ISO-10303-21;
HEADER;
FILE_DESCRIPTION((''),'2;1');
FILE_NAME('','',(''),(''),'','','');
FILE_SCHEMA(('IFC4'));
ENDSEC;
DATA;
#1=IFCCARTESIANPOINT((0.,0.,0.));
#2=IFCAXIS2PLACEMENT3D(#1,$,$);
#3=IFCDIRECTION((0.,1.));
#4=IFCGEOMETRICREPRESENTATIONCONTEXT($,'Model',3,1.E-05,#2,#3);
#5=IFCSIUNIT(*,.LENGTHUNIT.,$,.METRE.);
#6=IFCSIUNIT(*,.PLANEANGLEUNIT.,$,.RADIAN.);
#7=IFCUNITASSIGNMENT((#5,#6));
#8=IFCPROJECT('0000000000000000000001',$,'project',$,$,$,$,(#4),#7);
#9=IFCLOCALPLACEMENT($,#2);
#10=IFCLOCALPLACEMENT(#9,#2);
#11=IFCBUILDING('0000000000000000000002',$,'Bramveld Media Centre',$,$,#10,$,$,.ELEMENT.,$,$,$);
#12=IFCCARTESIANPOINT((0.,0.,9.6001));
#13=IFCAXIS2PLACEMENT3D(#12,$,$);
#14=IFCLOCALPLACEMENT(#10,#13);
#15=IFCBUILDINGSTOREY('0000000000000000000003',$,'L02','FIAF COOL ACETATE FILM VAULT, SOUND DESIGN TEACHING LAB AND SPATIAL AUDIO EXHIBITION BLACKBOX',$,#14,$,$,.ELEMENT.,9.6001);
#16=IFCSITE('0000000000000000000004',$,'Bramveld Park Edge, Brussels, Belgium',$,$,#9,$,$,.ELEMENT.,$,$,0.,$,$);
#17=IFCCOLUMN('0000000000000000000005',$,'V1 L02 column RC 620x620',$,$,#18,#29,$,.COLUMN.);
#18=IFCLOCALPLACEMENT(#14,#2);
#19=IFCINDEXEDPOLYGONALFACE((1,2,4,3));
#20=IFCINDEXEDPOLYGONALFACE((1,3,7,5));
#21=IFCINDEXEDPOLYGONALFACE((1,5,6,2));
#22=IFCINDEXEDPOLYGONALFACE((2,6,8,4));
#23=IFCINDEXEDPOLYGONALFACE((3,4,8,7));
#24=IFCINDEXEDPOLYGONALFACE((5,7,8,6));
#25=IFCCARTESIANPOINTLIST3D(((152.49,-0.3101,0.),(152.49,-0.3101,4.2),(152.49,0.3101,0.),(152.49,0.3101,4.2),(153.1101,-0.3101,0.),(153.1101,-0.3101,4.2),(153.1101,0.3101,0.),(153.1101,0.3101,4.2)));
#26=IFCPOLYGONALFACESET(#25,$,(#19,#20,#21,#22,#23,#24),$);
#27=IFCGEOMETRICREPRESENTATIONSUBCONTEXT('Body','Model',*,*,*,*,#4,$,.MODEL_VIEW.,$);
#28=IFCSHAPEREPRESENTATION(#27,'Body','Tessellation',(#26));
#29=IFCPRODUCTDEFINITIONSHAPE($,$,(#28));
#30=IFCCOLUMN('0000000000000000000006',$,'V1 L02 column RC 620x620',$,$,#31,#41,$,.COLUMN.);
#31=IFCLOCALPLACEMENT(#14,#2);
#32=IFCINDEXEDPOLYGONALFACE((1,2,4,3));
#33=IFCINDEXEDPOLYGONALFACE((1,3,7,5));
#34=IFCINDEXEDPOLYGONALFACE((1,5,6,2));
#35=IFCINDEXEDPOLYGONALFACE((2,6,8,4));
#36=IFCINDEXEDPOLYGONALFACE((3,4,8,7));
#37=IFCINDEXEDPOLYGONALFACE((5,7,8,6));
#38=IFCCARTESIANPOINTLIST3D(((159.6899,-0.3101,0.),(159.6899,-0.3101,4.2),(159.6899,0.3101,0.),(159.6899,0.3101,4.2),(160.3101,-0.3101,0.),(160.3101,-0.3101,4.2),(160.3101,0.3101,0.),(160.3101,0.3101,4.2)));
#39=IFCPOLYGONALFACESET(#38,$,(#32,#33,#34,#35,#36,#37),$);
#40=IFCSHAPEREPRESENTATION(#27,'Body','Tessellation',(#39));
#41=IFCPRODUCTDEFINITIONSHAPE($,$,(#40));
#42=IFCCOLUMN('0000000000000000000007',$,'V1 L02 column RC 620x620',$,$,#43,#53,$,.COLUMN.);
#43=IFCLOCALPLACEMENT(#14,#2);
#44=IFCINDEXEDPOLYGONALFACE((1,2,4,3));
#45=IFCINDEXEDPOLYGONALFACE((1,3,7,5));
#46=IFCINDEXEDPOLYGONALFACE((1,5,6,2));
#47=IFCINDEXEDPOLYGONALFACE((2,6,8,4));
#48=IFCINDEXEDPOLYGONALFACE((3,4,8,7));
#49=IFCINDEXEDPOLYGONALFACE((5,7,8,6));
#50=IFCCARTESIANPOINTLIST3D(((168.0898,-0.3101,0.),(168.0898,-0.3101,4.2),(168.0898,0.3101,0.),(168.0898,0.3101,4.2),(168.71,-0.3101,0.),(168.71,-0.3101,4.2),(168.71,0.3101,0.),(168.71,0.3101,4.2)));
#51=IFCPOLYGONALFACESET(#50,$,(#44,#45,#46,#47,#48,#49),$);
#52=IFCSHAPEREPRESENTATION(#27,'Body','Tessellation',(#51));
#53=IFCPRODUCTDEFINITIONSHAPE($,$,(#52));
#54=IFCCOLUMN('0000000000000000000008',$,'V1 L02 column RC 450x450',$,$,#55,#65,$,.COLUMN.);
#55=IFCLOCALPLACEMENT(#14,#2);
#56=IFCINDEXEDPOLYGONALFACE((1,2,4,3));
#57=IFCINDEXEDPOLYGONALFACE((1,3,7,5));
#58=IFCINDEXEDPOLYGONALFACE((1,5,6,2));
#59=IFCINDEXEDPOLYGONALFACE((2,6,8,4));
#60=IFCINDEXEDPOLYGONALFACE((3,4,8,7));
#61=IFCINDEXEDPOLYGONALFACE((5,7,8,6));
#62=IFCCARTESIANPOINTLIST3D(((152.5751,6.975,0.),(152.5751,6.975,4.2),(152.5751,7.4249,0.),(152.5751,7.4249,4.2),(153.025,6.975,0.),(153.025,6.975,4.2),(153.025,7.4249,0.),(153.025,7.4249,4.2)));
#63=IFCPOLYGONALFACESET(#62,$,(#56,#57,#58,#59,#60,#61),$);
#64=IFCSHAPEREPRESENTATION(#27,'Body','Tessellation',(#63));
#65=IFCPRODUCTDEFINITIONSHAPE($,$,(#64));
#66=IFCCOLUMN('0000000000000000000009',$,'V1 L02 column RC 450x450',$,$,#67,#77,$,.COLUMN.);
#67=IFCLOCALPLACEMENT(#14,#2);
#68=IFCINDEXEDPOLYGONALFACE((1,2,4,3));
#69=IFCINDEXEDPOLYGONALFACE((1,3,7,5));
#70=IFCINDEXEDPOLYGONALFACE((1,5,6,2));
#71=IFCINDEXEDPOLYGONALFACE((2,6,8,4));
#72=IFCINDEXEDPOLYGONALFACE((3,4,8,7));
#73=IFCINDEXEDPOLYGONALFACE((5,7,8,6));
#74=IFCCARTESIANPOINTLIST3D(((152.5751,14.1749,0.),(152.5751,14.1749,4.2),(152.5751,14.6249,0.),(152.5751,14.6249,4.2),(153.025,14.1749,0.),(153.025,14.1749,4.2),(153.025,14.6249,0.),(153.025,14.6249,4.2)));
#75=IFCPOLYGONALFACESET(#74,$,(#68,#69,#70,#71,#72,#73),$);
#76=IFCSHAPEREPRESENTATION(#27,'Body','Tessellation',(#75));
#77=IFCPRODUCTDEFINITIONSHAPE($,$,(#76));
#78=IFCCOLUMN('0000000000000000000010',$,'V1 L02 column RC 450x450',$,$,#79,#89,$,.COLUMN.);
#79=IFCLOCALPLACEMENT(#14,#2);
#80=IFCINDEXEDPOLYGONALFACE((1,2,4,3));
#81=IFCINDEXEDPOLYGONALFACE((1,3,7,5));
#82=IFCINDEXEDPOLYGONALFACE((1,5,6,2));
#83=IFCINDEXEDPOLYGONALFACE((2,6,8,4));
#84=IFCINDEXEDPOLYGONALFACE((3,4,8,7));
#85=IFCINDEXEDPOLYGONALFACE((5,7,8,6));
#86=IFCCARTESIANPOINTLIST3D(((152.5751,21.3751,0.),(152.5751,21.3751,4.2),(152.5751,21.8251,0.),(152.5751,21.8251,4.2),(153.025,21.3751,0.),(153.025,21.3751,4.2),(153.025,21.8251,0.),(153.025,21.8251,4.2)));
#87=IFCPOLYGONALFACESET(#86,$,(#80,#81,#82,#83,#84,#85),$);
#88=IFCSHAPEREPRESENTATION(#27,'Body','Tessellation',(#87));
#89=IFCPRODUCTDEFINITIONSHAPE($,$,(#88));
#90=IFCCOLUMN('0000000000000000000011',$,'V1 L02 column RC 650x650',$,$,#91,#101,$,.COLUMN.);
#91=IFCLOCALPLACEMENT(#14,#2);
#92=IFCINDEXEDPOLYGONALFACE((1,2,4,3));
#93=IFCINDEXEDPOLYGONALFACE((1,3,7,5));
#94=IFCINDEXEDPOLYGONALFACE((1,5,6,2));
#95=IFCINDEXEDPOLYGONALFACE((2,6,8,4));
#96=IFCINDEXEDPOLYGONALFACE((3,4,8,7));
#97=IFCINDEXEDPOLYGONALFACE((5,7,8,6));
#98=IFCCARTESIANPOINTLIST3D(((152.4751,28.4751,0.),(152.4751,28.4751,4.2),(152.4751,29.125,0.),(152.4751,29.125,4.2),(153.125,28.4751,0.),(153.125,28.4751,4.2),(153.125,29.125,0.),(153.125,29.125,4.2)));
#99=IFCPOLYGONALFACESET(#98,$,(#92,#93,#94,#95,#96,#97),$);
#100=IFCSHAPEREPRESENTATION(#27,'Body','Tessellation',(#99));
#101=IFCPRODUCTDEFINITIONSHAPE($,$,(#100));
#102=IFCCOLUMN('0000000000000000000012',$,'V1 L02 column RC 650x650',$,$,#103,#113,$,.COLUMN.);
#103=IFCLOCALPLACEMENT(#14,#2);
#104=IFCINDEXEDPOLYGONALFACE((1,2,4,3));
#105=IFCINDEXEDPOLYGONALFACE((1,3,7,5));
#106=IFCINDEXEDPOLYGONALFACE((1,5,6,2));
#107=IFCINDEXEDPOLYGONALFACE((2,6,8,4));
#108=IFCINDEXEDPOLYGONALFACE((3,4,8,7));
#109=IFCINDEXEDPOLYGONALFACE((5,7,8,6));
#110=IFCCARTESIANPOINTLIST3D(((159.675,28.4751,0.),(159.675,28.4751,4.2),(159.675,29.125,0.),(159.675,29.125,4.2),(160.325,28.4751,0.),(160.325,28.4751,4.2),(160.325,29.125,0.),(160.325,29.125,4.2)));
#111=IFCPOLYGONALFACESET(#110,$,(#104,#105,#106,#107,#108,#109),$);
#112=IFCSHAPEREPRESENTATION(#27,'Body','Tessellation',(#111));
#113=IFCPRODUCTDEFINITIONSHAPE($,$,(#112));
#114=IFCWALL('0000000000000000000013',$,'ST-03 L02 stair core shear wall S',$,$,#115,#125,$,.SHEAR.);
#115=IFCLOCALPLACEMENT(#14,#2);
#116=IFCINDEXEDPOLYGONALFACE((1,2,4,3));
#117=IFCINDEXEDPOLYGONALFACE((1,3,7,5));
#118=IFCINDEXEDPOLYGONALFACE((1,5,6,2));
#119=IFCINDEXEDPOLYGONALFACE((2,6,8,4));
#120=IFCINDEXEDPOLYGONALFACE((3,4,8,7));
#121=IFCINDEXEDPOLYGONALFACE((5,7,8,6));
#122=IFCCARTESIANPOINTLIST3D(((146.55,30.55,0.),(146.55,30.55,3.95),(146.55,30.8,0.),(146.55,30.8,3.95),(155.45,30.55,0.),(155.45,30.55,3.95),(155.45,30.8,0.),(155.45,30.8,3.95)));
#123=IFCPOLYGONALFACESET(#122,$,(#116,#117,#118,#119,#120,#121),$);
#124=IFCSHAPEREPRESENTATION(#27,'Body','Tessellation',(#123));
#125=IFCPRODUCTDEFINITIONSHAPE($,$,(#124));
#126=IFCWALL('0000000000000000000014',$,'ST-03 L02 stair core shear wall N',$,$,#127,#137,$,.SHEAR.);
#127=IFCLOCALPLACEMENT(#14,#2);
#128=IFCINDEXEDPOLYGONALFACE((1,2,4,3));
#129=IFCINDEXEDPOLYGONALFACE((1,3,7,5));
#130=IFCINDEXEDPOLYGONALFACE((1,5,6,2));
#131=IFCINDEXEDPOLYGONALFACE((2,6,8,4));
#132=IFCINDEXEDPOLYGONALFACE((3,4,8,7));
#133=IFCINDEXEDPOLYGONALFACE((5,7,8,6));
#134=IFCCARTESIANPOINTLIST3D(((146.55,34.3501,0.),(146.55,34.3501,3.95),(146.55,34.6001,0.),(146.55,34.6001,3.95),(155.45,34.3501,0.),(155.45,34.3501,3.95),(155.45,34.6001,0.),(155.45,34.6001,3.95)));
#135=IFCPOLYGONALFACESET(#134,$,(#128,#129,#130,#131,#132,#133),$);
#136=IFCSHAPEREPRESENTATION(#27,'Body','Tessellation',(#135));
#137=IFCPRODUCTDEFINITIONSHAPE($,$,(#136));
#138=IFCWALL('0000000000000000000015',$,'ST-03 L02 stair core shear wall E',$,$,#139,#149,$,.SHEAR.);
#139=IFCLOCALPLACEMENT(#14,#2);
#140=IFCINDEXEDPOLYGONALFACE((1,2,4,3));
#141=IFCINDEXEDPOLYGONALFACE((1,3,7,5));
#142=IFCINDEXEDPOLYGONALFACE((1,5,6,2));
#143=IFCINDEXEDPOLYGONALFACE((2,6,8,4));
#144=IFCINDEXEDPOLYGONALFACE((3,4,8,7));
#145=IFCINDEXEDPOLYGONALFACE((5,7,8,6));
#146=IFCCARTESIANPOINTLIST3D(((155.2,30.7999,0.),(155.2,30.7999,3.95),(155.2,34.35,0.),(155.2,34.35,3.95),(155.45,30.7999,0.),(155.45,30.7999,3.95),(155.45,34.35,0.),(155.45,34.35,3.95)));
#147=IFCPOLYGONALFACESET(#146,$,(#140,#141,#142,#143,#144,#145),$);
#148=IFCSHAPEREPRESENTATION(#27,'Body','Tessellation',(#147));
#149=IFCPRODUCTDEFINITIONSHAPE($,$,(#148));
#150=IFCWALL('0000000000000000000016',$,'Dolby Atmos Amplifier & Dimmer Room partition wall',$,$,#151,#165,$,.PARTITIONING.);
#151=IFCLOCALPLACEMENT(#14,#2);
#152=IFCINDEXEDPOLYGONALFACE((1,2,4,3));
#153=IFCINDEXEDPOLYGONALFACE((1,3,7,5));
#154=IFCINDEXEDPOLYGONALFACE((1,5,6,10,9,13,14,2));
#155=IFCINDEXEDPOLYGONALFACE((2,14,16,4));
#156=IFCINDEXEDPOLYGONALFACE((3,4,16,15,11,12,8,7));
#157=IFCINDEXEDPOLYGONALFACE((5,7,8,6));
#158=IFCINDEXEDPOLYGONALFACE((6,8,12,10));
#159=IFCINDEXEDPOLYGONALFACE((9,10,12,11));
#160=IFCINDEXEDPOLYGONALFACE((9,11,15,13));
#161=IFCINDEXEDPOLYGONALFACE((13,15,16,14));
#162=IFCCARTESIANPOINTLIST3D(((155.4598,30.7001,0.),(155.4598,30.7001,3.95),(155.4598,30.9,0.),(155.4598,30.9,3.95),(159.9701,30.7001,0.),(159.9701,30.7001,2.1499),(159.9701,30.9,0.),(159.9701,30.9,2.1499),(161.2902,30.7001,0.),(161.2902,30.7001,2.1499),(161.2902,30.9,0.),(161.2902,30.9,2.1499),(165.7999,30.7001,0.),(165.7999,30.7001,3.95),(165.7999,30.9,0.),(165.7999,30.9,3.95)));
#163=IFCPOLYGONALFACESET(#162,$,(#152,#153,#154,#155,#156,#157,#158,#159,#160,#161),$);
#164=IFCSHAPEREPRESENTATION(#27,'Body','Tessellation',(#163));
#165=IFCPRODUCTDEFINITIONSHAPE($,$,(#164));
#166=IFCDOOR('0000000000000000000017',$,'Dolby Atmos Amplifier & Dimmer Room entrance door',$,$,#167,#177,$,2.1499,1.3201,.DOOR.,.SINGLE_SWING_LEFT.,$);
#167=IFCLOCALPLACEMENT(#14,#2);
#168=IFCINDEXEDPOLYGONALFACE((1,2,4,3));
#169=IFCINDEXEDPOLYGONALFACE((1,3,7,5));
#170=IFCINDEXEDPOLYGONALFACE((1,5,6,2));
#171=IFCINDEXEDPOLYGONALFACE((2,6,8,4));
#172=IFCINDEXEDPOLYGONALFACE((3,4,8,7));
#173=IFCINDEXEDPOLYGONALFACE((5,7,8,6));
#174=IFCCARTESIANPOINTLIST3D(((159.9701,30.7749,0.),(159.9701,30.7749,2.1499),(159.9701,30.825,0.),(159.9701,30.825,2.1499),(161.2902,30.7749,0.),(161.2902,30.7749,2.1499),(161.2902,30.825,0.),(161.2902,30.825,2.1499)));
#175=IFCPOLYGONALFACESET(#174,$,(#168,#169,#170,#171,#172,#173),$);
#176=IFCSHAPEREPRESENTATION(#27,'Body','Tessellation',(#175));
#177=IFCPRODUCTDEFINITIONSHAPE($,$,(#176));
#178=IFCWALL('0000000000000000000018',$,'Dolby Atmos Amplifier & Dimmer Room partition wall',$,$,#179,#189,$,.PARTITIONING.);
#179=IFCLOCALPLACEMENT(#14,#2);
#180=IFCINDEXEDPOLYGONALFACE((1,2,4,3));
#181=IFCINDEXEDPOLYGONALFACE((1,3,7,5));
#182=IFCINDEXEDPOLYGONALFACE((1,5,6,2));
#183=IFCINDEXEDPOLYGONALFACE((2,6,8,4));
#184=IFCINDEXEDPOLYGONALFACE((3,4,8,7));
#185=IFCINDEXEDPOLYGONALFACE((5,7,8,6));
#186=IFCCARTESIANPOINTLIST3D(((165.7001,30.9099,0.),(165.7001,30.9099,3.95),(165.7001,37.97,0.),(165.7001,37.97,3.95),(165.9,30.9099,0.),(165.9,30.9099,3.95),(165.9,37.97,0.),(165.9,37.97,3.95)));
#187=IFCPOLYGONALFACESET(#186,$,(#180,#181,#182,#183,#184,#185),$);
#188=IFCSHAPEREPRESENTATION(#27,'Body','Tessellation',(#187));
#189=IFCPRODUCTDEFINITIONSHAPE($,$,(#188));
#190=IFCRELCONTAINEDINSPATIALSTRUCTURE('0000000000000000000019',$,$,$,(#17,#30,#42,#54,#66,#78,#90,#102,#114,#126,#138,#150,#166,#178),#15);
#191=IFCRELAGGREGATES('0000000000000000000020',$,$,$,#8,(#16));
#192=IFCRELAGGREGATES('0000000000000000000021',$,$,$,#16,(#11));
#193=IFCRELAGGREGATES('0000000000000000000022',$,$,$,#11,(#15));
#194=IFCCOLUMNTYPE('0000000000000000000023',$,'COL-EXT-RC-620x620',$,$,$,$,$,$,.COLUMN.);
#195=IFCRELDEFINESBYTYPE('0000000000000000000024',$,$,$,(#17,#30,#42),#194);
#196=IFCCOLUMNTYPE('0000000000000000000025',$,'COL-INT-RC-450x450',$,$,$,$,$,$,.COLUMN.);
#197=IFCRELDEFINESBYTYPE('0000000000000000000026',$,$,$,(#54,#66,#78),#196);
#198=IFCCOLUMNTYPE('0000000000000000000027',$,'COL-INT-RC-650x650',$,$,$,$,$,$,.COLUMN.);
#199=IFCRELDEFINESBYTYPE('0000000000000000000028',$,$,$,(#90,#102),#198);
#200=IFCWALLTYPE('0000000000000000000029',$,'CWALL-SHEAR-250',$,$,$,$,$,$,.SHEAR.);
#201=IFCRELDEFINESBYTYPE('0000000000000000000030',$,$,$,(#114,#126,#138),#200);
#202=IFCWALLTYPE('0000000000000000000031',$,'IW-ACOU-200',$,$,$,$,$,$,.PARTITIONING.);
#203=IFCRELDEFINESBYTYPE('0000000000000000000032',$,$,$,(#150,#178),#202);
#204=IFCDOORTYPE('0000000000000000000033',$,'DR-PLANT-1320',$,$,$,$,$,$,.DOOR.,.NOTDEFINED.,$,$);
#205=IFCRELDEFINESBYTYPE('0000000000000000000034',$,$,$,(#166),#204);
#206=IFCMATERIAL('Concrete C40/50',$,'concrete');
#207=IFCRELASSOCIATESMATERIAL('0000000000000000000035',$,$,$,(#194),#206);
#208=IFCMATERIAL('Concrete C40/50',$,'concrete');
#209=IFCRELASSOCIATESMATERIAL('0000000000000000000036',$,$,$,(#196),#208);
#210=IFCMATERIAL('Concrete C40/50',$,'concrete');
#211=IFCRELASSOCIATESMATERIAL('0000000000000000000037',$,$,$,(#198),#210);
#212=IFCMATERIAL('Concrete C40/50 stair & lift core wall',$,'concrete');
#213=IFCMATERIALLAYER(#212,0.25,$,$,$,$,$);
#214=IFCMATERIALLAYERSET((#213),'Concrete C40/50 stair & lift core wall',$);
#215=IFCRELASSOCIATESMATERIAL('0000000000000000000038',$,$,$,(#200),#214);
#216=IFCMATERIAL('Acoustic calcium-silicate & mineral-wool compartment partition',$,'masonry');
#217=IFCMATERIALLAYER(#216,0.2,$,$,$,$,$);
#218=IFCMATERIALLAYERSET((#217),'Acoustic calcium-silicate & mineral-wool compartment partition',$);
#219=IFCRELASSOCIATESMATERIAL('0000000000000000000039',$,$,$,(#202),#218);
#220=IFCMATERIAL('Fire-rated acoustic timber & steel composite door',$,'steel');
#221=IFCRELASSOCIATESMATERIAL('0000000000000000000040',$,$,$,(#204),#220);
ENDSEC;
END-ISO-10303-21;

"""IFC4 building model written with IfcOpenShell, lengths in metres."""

from ifc_helpers import new_model, si_unit, direction, frame, frame_2d, origin, origin_2d, place, context, subcontext, project, spatial, rectangle, extrude, material, layer, layer_set, material_profile, profile_set, type_object, element, fill, save


model = new_model("IFC4")

# Units and contexts
model_context = context("Model", 3, precision=1e-05, world=origin(), true_north=direction((0.0, 1.0)))
body_context = subcontext(model_context, "Body", "Model", "MODEL_VIEW")
ifc_project = project(units=[si_unit("LENGTHUNIT", "METRE"), si_unit("PLANEANGLEUNIT", "RADIAN")], contexts=[model_context])

# Site, building, storey
site_placement = place(None, origin())
site = spatial("IfcSite", under=ifc_project, at=site_placement, Name="Bramveld Park Edge, Brussels, Belgium", CompositionType="ELEMENT", RefElevation=0.0)
building_placement = place(site_placement, origin())
building = spatial("IfcBuilding", under=site, at=building_placement, Name="Bramveld Media Centre", CompositionType="ELEMENT")
storey_placement = place(building_placement, frame((0.0, 0.0, 9.6001)))
storey = spatial("IfcBuildingStorey", under=building, at=storey_placement, Name="L02", Description="FIAF COOL ACETATE FILM VAULT, SOUND DESIGN TEACHING LAB AND SPATIAL AUDIO EXHIBITION BLACKBOX", CompositionType="ELEMENT", Elevation=9.6001)

# Columns
ifc_material_1 = material(Name="Concrete C40/50", Category="concrete")
ifc_material_profile_1 = material_profile(ifc_material_1, rectangle(XDim=0.6201, YDim=0.6201, at=origin_2d()), Name="RC 620x620")
ifc_profile_set_1 = profile_set([ifc_material_profile_1], Name="Concrete C40/50")
column_type_1 = type_object("IfcColumnType", Name="COL-EXT-RC-620x620", PredefinedType="COLUMN", material=ifc_profile_set_1)
for number, where, z_axis, x_axis, name in (
    (1, (152.8, 0.0, 0.0), (0.0, 0.0, 1.0), (1.0, 0.0, 0.0), "V1 L02 column RC 620x620"),
    (2, (160.0, 0.0, 0.0), (0.0, 0.0, 1.0), (1.0, 0.0, 0.0), "V1 L02 column RC 620x620"),
    (3, (168.3999, 0.0, 0.0), (0.0, 0.0, 1.0), (1.0, 0.0, 0.0), "V1 L02 column RC 620x620"),
):
    element("IfcColumn", number, at=place(storey_placement, frame(where, z_axis=z_axis, x_axis=x_axis)), inside=storey, type_object=column_type_1, Name=name, PredefinedType="COLUMN", context=body_context, shape_type="SweptSolid", body=[
        extrude(rectangle(XDim=0.6201, YDim=0.6201, at=origin_2d()), origin(), (0.0, 0.0, 1.0), 4.2),
    ])
ifc_material_2 = material(Name="Concrete C40/50", Category="concrete")
ifc_material_profile_2 = material_profile(ifc_material_2, rectangle(XDim=0.45, YDim=0.45, at=origin_2d()), Name="RC 450x450")
ifc_profile_set_2 = profile_set([ifc_material_profile_2], Name="Concrete C40/50")
column_type_2 = type_object("IfcColumnType", Name="COL-INT-RC-450x450", PredefinedType="COLUMN", material=ifc_profile_set_2)
for number, where, z_axis, x_axis, name in (
    (4, (152.8, 7.2, 0.0), (0.0, 0.0, 1.0), (1.0, 0.0, 0.0), "V1 L02 column RC 450x450"),
    (5, (152.8, 14.3999, 0.0), (0.0, 0.0, 1.0), (1.0, 0.0, 0.0), "V1 L02 column RC 450x450"),
    (6, (152.8, 21.6001, 0.0), (0.0, 0.0, 1.0), (1.0, 0.0, 0.0), "V1 L02 column RC 450x450"),
):
    element("IfcColumn", number, at=place(storey_placement, frame(where, z_axis=z_axis, x_axis=x_axis)), inside=storey, type_object=column_type_2, Name=name, PredefinedType="COLUMN", context=body_context, shape_type="SweptSolid", body=[
        extrude(rectangle(XDim=0.45, YDim=0.45, at=origin_2d()), origin(), (0.0, 0.0, 1.0), 4.2),
    ])
ifc_material_3 = material(Name="Concrete C40/50", Category="concrete")
ifc_material_profile_3 = material_profile(ifc_material_3, rectangle(XDim=0.6499, YDim=0.6499, at=origin_2d()), Name="RC 650x650")
ifc_profile_set_3 = profile_set([ifc_material_profile_3], Name="Concrete C40/50")
column_type_3 = type_object("IfcColumnType", Name="COL-INT-RC-650x650", PredefinedType="COLUMN", material=ifc_profile_set_3)
for number, where, z_axis, x_axis, name in (
    (7, (152.8, 28.8, 0.0), (0.0, 0.0, 1.0), (1.0, 0.0, 0.0), "V1 L02 column RC 650x650"),
    (8, (160.0, 28.8, 0.0), (0.0, 0.0, 1.0), (1.0, 0.0, 0.0), "V1 L02 column RC 650x650"),
):
    element("IfcColumn", number, at=place(storey_placement, frame(where, z_axis=z_axis, x_axis=x_axis)), inside=storey, type_object=column_type_3, Name=name, PredefinedType="COLUMN", context=body_context, shape_type="SweptSolid", body=[
        extrude(rectangle(XDim=0.6499, YDim=0.6499, at=origin_2d()), origin(), (0.0, 0.0, 1.0), 4.2),
    ])

# Walls
ifc_material_4 = material(Name="Concrete C40/50 stair & lift core wall", Category="concrete")
ifc_layer_1 = layer(ifc_material_4, 0.25)
ifc_layer_set_1 = layer_set([ifc_layer_1], Name="Concrete C40/50 stair & lift core wall")
wall_type_1 = type_object("IfcWallType", Name="CWALL-SHEAR-250", PredefinedType="SHEAR", material=ifc_layer_set_1)
for number, where, z_axis, x_axis, name in (
    (9, (146.55, 30.675, 0.0), (0.0, 0.0, 1.0), (1.0, 0.0, 0.0), "ST-03 L02 stair core shear wall S"),
    (10, (155.45, 34.4751, 0.0), (0.0, 0.0, 1.0), (-1.0, 0.0, 0.0), "ST-03 L02 stair core shear wall N"),
):
    element("IfcWall", number, at=place(storey_placement, frame(where, z_axis=z_axis, x_axis=x_axis)), inside=storey, type_object=wall_type_1, Name=name, PredefinedType="SHEAR", context=body_context, shape_type="SweptSolid", body=[
        extrude(rectangle(XDim=8.8999, YDim=0.25, at=frame_2d((4.45, 0.0))), origin(), (0.0, 0.0, 1.0), 3.95),
    ])

# Wall
wall_1_placement = place(storey_placement, frame((155.325, 30.8, 0.0), z_axis=(0.0, 0.0, 1.0), x_axis=(0.0, 1.0, 0.0)))
element("IfcWall", 11, at=wall_1_placement, inside=storey, type_object=wall_type_1, Name="ST-03 L02 stair core shear wall E", PredefinedType="SHEAR", context=body_context, shape_type="SweptSolid", body=[
    extrude(rectangle(XDim=3.55, YDim=0.25, at=frame_2d((1.7749, 0.0))), origin(), (0.0, 0.0, 1.0), 3.95),
])

# Wall, opening, door
ifc_material_5 = material(Name="Acoustic calcium-silicate & mineral-wool compartment partition", Category="masonry")
ifc_layer_2 = layer(ifc_material_5, 0.2)
ifc_layer_set_2 = layer_set([ifc_layer_2], Name="Acoustic calcium-silicate & mineral-wool compartment partition")
wall_type_2 = type_object("IfcWallType", Name="IW-ACOU-200", PredefinedType="PARTITIONING", material=ifc_layer_set_2)
wall_2_placement = place(storey_placement, frame((155.46, 30.8, 0.0), z_axis=(0.0, 0.0, 1.0), x_axis=(1.0, 0.0, 0.0)))
wall_2 = element("IfcWall", 12, at=wall_2_placement, inside=storey, type_object=wall_type_2, Name="Dolby Atmos Amplifier & Dimmer Room partition wall", PredefinedType="PARTITIONING", context=body_context, shape_type="SweptSolid", body=[
    extrude(rectangle(XDim=10.3401, YDim=0.2, at=frame_2d((5.1699, 0.0))), origin(), (0.0, 0.0, 1.0), 3.95),
])
opening_1_placement = place(wall_2_placement, frame((4.51, 0.0, 0.0)))
opening_1 = element("IfcOpeningElement", 13, at=opening_1_placement, cuts=wall_2, PredefinedType="OPENING", context=body_context, shape_type="SweptSolid", body=[
    extrude(rectangle(XDim=1.3201, YDim=2.1499, at=frame_2d((0.6602, 1.075))), frame((0.0, 0.1118, 0.0), z_axis=(0.0, -1.0, 0.0), x_axis=(1.0, 0.0, 0.0)), (0.0, 0.0, 1.0), 0.2239),
])
ifc_material_6 = material(Name="Fire-rated acoustic timber & steel composite door", Category="steel")
door_type_1 = type_object("IfcDoorType", Name="DR-PLANT-1320", OperationType="NOTDEFINED", PredefinedType="DOOR", material=ifc_material_6)
door_1_placement = place(opening_1_placement, origin())
door_1 = element("IfcDoor", 14, at=door_1_placement, inside=storey, type_object=door_type_1, Name="Dolby Atmos Amplifier & Dimmer Room entrance door", OperationType="SINGLE_SWING_LEFT", OverallHeight=2.1499, OverallWidth=1.3201, PredefinedType="DOOR", context=body_context, shape_type="SweptSolid", body=[
    extrude(rectangle(XDim=1.3201, YDim=2.1499, at=frame_2d((0.6602, 1.075))), frame((0.0, 0.0249, 0.0), z_axis=(0.0, -1.0, 0.0), x_axis=(1.0, 0.0, 0.0)), (0.0, 0.0, 1.0), 0.05),
])
fill(opening_1, door_1)

# Wall
wall_3_placement = place(storey_placement, frame((165.8, 30.9099, 0.0), z_axis=(0.0, 0.0, 1.0), x_axis=(0.0, 1.0, 0.0)))
element("IfcWall", 15, at=wall_3_placement, inside=storey, type_object=wall_type_2, Name="Dolby Atmos Amplifier & Dimmer Room partition wall", PredefinedType="PARTITIONING", context=body_context, shape_type="SweptSolid", body=[
    extrude(rectangle(XDim=7.0601, YDim=0.2, at=frame_2d((3.53, 0.0))), origin(), (0.0, 0.0, 1.0), 3.95),
])

save(model, "model.ifc")
